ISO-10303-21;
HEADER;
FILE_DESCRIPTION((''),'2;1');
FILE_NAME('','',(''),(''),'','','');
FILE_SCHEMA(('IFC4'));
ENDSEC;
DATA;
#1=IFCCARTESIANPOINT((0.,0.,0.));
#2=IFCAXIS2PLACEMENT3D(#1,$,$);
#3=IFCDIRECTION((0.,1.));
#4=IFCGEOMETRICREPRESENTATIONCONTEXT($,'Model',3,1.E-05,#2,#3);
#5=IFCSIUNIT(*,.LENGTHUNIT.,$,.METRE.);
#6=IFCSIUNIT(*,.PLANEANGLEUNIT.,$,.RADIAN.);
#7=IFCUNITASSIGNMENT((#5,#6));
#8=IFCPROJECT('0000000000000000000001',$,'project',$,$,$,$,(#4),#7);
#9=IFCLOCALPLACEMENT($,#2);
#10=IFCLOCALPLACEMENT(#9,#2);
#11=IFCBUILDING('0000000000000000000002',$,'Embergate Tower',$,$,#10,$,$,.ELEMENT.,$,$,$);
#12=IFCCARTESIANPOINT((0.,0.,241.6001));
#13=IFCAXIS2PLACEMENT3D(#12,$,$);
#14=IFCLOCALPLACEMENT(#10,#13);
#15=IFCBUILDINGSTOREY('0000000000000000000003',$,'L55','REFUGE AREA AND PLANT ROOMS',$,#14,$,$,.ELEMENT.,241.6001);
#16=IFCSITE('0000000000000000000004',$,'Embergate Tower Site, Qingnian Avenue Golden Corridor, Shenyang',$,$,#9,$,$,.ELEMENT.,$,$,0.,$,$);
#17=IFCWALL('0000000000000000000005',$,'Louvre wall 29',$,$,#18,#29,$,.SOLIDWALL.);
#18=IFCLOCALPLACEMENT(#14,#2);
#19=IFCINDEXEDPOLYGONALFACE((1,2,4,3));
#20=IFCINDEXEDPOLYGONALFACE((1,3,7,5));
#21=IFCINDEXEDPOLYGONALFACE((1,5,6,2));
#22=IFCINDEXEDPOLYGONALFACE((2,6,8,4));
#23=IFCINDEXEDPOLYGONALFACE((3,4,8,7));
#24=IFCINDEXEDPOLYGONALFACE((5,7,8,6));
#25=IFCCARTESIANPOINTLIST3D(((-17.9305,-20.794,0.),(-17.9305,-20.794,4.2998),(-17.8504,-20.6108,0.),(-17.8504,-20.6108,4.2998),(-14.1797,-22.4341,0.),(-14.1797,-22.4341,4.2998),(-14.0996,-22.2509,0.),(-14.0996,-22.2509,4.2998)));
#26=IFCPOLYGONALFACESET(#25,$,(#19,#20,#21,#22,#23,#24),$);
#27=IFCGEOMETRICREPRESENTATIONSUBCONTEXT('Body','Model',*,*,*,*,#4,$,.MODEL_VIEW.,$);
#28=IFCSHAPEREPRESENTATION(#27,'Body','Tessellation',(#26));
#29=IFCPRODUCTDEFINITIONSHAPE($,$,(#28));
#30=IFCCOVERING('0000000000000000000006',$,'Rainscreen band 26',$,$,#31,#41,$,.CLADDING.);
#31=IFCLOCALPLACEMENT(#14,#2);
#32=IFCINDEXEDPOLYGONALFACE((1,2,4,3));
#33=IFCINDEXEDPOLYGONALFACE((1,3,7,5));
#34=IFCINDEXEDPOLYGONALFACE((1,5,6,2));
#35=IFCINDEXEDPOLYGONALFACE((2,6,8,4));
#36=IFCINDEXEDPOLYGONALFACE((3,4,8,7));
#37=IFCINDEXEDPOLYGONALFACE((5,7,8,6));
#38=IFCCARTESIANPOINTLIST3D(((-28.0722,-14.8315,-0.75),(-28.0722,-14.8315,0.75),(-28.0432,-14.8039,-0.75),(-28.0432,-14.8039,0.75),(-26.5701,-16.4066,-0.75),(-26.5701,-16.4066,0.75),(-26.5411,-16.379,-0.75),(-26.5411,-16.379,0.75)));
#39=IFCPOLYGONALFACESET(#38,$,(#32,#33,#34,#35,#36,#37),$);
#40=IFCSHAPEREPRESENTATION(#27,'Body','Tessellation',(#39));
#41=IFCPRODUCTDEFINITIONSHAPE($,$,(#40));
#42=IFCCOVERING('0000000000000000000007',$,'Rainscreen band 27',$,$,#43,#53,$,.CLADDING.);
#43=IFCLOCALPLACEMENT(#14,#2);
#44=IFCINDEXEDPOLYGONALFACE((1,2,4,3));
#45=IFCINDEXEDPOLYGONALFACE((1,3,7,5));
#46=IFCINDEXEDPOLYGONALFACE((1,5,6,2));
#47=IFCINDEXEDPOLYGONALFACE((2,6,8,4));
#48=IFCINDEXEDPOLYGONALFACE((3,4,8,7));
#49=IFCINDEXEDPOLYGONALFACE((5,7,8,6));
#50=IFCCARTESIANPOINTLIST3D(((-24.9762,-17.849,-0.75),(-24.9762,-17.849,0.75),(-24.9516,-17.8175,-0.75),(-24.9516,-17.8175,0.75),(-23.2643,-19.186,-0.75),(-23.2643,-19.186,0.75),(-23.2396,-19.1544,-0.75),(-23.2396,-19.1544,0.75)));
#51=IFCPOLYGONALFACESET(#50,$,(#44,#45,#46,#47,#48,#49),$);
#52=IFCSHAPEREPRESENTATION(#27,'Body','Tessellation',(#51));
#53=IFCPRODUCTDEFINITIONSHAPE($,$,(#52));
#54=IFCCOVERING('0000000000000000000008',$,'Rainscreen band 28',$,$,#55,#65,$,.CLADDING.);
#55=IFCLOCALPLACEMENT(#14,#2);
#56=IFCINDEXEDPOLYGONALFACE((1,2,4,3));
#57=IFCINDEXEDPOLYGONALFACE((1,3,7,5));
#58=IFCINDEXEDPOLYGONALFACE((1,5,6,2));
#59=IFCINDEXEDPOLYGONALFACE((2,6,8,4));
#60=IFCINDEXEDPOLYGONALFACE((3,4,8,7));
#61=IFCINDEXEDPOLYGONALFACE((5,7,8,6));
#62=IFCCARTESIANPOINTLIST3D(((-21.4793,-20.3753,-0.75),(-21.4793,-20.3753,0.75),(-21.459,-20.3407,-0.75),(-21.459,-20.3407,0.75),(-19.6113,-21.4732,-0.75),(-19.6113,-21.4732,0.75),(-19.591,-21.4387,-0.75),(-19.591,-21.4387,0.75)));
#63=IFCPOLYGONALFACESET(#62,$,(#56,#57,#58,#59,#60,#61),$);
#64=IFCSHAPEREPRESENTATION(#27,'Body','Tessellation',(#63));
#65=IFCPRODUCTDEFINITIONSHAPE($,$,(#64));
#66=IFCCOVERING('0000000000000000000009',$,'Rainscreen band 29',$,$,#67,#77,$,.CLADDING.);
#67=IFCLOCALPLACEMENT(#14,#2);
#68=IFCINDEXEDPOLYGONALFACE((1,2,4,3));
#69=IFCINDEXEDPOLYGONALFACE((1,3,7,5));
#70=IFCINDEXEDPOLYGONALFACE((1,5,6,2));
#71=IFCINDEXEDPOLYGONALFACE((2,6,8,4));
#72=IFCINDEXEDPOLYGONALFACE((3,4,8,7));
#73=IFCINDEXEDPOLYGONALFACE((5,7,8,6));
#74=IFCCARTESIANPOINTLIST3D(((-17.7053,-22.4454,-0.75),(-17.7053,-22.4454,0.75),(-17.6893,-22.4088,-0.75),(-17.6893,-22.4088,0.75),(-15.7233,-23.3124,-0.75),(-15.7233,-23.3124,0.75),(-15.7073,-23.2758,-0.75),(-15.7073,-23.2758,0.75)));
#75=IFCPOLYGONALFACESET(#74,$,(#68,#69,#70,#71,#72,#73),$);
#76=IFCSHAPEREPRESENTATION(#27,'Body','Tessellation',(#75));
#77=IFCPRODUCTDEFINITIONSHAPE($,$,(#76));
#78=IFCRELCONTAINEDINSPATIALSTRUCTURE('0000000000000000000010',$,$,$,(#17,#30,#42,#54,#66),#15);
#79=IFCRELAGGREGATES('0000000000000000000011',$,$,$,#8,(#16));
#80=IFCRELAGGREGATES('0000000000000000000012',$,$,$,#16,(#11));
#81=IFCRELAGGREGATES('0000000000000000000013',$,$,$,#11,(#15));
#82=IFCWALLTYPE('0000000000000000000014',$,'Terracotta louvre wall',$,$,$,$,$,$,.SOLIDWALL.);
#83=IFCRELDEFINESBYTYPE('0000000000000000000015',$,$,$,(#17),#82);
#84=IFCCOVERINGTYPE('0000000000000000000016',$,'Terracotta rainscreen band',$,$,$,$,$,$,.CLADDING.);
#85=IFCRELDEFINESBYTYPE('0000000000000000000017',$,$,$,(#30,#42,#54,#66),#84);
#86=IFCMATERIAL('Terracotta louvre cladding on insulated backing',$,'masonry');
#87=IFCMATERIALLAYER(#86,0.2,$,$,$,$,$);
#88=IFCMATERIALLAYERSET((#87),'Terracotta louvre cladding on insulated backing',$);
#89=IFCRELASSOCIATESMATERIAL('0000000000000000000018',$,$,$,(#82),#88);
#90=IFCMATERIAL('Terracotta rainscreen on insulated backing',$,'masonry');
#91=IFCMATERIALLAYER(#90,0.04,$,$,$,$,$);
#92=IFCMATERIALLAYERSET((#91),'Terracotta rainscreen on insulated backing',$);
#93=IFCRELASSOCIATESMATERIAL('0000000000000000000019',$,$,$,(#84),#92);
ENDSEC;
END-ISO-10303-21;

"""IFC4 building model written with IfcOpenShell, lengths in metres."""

from ifc_helpers import new_model, si_unit, direction, frame, frame_2d, origin, origin_2d, place, context, subcontext, project, spatial, rectangle, extrude, source, transform, mapped, material, layer, layer_set, type_object, element, save


model = new_model("IFC4")

# Units and contexts
model_context = context("Model", 3, precision=1e-05, world=origin(), true_north=direction((0.0, 1.0)))
body_context = subcontext(model_context, "Body", "Model", "MODEL_VIEW")
ifc_project = project(units=[si_unit("LENGTHUNIT", "METRE"), si_unit("PLANEANGLEUNIT", "RADIAN")], contexts=[model_context])

# Site, building, storey
site_placement = place(None, origin())
site = spatial("IfcSite", under=ifc_project, at=site_placement, Name="Embergate Tower Site, Qingnian Avenue Golden Corridor, Shenyang", CompositionType="ELEMENT", RefElevation=0.0)
building_placement = place(site_placement, origin())
building = spatial("IfcBuilding", under=site, at=building_placement, Name="Embergate Tower", CompositionType="ELEMENT")
storey_placement = place(building_placement, frame((0.0, 0.0, 241.6001)))
storey = spatial("IfcBuildingStorey", under=building, at=storey_placement, Name="L55", Description="REFUGE AREA AND PLANT ROOMS", CompositionType="ELEMENT", Elevation=241.6001)

# Wall
ifc_material_1 = material(Name="Terracotta louvre cladding on insulated backing", Category="masonry")
ifc_layer_1 = layer(ifc_material_1, 0.2)
ifc_layer_set_1 = layer_set([ifc_layer_1], Name="Terracotta louvre cladding on insulated backing")
wall_type = type_object("IfcWallType", Name="Terracotta louvre wall", PredefinedType="SOLIDWALL", material=ifc_layer_set_1)
shared_shape_1 = source(origin(), body_context, "Body", "SweptSolid", [
    extrude(rectangle(XDim=4.0938, YDim=0.2, at=frame_2d((2.0469, 0.0))), origin(), (0.0, 0.0, 1.0), 4.2998),
])
wall_1_placement = place(storey_placement, frame((-14.1396, -22.3425, 0.0), z_axis=(0.0, 0.0, 1.0), x_axis=(-0.91623, 0.400653, 0.0)))
element("IfcWall", 1, at=wall_1_placement, inside=storey, type_object=wall_type, Name="Louvre wall 29", PredefinedType="SOLIDWALL", context=body_context, shape_type="MappedRepresentation", body=[
    mapped(shared_shape_1, transform((0.0, 0.0, 0.0))),
])

# Coverings
ifc_material_2 = material(Name="Terracotta rainscreen on insulated backing", Category="masonry")
ifc_layer_2 = layer(ifc_material_2, 0.04)
ifc_layer_set_2 = layer_set([ifc_layer_2], Name="Terracotta rainscreen on insulated backing")
covering_type = type_object("IfcCoveringType", Name="Terracotta rainscreen band", PredefinedType="CLADDING", material=ifc_layer_set_2)
shared_shape_2 = source(origin(), body_context, "Body", "SweptSolid", [
    extrude(rectangle(XDim=2.1765, YDim=0.04, at=origin_2d()), origin(), (0.0, 0.0, 1.0), 1.5),
])
covering_1_placement = place(storey_placement, frame((-27.3066, -15.6052, -0.75), z_axis=(0.0, 0.0, 1.0), x_axis=(0.690136, -0.723679, 0.0)))
element("IfcCovering", 2, at=covering_1_placement, inside=storey, type_object=covering_type, Name="Rainscreen band 26", PredefinedType="CLADDING", context=body_context, shape_type="MappedRepresentation", body=[
    mapped(shared_shape_2, transform((0.0, 0.0, 0.0))),
])
shared_shape_3 = source(origin(), body_context, "Body", "SweptSolid", [
    extrude(rectangle(XDim=2.1721, YDim=0.04, at=origin_2d()), origin(), (0.0, 0.0, 1.0), 1.5),
])
covering_2_placement = place(storey_placement, frame((-24.1079, -18.5017, -0.75), z_axis=(0.0, 0.0, 1.0), x_axis=(0.788136, -0.615501, 0.0)))
element("IfcCovering", 3, at=covering_2_placement, inside=storey, type_object=covering_type, Name="Rainscreen band 27", PredefinedType="CLADDING", context=body_context, shape_type="MappedRepresentation", body=[
    mapped(shared_shape_3, transform((0.0, 0.0, 0.0))),
])
shared_shape_4 = source(origin(), body_context, "Body", "SweptSolid", [
    extrude(rectangle(XDim=2.1667, YDim=0.04, at=origin_2d()), origin(), (0.0, 0.0, 1.0), 1.5),
])
covering_3_placement = place(storey_placement, frame((-20.5352, -20.907, -0.75), z_axis=(0.0, 0.0, 1.0), x_axis=(0.8621, -0.506738, 0.0)))
element("IfcCovering", 4, at=covering_3_placement, inside=storey, type_object=covering_type, Name="Rainscreen band 28", PredefinedType="CLADDING", context=body_context, shape_type="MappedRepresentation", body=[
    mapped(shared_shape_4, transform((0.0, 0.0, 0.0))),
])
shared_shape_5 = source(origin(), body_context, "Body", "SweptSolid", [
    extrude(rectangle(XDim=2.1633, YDim=0.04, at=origin_2d()), origin(), (0.0, 0.0, 1.0), 1.5),
])
covering_4_placement = place(storey_placement, frame((-16.7063, -22.8606, -0.75), z_axis=(0.0, 0.0, 1.0), x_axis=(0.916179, -0.40077, 0.0)))
element("IfcCovering", 5, at=covering_4_placement, inside=storey, type_object=covering_type, Name="Rainscreen band 29", PredefinedType="CLADDING", context=body_context, shape_type="MappedRepresentation", body=[
    mapped(shared_shape_5, transform((0.0, 0.0, 0.0))),
])

save(model, "model.ifc")
